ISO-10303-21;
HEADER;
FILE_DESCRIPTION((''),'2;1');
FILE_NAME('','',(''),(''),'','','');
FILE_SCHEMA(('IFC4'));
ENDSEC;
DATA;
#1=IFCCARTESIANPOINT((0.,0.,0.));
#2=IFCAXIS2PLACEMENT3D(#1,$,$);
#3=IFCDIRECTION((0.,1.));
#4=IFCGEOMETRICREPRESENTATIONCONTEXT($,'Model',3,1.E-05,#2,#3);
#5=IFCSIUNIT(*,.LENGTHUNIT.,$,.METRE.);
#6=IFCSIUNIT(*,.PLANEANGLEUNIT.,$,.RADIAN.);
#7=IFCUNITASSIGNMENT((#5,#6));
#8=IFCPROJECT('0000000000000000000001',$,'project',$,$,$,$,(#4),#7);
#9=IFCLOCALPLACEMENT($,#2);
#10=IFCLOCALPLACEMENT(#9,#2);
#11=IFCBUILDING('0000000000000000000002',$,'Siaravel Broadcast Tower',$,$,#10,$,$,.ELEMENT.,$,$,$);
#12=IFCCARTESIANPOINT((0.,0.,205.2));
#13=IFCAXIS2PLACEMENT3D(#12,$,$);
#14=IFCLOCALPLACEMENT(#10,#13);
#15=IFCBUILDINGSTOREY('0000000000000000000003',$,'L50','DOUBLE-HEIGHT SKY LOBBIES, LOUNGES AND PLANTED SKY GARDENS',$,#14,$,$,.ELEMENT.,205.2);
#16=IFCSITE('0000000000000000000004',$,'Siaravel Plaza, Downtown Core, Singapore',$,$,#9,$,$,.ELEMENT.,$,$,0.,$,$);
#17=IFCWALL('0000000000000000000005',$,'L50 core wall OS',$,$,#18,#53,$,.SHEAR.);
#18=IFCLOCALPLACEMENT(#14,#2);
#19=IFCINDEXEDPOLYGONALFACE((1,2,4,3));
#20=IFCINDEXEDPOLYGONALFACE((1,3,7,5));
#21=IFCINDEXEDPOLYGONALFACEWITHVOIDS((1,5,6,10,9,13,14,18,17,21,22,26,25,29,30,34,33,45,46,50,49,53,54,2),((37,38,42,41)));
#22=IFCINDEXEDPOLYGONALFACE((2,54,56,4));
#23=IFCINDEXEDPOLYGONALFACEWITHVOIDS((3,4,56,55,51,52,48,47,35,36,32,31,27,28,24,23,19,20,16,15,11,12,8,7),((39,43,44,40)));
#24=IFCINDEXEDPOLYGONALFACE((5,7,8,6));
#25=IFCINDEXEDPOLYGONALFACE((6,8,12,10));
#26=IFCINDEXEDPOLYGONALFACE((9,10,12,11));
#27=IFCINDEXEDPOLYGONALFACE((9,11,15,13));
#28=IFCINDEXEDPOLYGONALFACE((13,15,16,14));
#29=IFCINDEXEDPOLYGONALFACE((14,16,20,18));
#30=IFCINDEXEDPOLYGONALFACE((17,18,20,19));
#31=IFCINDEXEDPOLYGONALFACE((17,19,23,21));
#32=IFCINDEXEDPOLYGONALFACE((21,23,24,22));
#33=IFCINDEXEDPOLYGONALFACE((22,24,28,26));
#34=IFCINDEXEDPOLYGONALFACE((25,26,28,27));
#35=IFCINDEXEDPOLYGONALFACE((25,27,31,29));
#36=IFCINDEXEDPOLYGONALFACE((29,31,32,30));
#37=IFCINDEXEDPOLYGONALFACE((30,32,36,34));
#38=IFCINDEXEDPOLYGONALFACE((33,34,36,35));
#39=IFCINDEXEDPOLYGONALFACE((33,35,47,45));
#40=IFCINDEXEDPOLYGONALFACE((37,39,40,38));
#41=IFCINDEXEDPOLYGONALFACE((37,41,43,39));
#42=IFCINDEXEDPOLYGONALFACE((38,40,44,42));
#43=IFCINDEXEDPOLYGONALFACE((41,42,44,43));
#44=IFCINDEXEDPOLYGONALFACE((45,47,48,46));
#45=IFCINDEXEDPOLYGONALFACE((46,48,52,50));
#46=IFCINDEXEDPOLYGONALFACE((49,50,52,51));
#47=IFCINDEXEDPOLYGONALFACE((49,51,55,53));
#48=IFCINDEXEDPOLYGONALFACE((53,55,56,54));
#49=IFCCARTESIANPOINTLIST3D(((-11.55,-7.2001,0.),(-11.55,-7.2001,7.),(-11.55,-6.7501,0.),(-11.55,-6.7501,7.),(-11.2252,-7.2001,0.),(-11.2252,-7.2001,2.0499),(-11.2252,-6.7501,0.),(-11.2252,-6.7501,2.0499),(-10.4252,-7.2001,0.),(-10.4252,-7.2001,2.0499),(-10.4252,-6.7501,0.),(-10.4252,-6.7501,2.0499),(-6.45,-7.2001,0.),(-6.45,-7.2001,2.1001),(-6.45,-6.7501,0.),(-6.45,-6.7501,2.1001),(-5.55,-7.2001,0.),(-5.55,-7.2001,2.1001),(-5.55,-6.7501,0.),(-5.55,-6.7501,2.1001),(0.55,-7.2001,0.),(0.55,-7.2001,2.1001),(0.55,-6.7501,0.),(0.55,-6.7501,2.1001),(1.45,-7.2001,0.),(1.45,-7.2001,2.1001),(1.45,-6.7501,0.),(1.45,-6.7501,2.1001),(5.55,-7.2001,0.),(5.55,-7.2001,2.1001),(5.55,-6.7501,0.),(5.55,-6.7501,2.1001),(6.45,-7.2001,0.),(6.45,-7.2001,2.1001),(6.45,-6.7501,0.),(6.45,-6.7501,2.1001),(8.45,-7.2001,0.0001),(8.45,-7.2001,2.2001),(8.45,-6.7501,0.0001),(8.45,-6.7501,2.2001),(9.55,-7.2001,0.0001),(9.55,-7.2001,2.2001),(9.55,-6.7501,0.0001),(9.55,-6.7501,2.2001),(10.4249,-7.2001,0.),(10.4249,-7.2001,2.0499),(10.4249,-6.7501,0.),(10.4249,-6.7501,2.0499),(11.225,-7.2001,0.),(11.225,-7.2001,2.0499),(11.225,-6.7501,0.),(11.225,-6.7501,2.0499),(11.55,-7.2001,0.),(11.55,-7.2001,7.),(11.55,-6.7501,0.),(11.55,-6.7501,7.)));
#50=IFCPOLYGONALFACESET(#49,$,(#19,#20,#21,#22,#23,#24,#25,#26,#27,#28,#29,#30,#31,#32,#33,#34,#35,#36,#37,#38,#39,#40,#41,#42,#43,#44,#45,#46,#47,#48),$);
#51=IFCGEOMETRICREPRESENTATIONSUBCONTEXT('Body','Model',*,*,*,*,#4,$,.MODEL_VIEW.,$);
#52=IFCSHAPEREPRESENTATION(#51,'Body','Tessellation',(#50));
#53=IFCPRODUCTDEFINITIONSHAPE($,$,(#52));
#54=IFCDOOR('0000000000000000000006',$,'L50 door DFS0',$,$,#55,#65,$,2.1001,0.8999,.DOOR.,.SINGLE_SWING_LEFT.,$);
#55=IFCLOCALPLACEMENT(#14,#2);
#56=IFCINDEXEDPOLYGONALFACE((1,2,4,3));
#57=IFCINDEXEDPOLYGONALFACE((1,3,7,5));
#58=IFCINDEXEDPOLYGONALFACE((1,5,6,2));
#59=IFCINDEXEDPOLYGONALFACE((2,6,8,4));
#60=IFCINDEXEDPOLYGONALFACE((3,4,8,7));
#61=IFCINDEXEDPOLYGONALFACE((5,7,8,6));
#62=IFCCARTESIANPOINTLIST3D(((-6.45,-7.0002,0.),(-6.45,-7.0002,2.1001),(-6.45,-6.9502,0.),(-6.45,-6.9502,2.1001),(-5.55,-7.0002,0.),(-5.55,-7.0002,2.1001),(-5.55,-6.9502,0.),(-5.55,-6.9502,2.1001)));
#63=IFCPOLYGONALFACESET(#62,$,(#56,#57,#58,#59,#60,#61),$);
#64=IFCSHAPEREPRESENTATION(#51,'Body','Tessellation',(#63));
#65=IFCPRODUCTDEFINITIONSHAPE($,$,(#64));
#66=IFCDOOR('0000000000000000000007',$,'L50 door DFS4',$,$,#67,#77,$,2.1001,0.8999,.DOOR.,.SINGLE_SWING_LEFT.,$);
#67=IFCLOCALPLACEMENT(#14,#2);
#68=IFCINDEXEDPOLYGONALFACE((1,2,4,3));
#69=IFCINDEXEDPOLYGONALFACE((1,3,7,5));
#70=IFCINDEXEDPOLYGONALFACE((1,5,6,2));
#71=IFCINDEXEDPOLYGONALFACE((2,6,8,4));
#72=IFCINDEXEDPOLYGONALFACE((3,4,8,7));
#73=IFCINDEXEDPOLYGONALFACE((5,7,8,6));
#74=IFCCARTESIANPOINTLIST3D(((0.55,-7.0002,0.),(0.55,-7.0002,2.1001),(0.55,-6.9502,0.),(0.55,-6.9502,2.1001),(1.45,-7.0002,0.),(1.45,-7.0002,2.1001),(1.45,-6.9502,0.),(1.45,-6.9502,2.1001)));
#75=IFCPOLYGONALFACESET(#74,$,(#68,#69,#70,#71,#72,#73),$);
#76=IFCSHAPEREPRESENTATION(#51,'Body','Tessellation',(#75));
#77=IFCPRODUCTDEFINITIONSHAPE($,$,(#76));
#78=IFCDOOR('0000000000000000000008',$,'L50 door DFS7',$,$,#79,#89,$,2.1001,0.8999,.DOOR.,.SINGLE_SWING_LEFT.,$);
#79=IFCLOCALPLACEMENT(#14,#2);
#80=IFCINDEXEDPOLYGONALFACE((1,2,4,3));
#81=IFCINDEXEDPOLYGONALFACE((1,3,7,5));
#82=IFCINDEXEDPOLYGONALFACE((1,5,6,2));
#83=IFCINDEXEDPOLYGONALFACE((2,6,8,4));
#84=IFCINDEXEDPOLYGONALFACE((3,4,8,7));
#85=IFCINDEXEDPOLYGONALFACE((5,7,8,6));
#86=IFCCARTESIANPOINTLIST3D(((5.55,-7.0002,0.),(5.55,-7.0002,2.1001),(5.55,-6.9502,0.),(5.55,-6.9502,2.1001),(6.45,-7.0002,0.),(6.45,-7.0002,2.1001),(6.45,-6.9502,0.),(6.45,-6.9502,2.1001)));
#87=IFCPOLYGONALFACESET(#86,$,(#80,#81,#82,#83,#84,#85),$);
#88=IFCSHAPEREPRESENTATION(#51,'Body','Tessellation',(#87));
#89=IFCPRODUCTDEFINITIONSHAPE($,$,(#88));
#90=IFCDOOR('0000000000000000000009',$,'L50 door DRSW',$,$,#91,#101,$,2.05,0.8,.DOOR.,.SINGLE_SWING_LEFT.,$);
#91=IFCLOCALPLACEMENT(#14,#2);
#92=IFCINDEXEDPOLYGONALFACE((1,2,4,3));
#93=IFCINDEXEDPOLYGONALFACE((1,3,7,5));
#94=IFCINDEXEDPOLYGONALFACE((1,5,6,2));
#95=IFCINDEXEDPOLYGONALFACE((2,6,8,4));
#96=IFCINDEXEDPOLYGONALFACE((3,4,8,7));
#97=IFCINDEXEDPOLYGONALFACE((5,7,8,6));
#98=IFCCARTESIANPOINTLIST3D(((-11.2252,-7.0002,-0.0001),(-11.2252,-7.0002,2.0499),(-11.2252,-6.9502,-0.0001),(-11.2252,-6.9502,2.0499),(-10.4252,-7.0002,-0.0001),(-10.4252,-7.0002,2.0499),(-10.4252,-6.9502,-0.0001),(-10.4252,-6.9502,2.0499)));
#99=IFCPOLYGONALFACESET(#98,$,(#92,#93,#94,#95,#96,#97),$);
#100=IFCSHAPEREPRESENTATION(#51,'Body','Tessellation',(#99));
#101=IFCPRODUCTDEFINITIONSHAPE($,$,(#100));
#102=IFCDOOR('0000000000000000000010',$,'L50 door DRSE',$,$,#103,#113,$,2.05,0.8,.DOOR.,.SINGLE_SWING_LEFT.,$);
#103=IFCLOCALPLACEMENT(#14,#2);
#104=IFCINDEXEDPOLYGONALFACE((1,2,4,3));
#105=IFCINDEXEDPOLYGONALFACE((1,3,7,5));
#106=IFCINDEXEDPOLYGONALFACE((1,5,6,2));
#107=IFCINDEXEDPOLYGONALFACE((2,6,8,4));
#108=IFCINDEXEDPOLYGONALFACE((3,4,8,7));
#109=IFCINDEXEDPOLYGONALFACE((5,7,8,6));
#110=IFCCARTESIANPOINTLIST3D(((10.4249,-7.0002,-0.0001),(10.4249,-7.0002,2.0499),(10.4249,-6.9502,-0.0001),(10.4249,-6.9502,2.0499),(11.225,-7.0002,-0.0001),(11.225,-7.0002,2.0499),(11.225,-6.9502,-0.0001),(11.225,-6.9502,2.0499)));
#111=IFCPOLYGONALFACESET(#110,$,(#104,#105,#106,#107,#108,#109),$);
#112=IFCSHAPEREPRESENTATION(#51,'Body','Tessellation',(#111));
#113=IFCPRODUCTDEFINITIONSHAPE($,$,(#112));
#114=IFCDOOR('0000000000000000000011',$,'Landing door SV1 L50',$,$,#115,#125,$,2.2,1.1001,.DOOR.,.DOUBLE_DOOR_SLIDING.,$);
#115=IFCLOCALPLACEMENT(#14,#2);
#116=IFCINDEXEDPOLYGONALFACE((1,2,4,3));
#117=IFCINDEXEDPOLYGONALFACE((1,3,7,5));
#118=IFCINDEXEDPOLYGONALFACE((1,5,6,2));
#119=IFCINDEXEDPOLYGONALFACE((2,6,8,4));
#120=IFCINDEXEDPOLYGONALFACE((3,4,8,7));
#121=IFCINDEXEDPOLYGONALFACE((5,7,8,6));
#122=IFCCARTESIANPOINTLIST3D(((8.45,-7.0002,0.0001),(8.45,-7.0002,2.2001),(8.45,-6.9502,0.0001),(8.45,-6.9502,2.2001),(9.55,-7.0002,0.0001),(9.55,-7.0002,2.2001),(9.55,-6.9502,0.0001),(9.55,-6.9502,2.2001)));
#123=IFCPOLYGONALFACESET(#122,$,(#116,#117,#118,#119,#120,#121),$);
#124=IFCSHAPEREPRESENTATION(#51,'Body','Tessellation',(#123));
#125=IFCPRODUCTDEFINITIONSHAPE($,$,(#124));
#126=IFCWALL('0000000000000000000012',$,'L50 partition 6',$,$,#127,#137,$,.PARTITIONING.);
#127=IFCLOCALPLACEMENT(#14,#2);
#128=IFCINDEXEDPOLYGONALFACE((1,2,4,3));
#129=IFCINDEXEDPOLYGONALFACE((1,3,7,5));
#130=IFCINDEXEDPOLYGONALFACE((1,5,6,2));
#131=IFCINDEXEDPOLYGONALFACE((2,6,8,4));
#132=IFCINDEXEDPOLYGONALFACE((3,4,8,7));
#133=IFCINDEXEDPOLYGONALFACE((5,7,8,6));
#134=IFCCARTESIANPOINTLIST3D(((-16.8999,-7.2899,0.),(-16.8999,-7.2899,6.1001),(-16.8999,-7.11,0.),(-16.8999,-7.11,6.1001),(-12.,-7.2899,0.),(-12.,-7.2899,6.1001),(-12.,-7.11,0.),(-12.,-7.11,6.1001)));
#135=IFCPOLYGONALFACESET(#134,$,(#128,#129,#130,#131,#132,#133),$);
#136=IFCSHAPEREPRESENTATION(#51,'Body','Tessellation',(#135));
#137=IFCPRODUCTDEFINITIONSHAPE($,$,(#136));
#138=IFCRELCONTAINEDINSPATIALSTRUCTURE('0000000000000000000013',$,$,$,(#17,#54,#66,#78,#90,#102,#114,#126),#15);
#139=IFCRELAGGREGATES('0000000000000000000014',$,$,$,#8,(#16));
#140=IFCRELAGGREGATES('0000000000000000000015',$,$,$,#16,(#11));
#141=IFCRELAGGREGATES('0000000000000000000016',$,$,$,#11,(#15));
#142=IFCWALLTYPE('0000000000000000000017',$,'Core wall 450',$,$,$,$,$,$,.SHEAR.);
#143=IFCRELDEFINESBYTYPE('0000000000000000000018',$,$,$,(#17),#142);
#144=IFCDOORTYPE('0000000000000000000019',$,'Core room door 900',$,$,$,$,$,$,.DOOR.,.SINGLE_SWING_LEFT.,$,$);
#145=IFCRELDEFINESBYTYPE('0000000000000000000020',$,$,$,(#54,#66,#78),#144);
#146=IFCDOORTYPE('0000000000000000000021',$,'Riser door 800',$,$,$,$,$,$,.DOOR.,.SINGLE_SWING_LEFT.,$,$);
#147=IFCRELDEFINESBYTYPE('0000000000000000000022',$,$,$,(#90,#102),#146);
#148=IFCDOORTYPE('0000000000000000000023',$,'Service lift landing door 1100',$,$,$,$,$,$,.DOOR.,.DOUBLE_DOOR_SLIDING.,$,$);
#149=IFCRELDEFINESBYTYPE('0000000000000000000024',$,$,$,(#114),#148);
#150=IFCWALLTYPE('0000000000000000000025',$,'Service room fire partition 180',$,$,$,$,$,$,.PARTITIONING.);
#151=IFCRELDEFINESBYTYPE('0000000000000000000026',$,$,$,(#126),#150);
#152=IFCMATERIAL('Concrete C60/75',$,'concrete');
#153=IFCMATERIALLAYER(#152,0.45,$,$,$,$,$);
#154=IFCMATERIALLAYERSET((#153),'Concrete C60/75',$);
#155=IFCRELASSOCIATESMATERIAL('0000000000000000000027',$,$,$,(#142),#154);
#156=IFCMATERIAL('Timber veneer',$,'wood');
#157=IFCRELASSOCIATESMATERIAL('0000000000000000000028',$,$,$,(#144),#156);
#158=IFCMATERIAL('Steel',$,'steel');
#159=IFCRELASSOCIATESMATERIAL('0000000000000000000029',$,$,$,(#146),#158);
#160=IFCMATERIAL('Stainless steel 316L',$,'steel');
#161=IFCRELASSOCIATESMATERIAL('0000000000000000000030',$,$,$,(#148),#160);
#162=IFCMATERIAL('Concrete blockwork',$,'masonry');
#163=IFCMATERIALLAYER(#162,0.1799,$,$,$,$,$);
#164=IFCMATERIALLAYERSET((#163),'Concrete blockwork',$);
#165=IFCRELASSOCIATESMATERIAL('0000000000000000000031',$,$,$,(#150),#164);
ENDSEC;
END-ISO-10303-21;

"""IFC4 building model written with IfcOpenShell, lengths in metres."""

from ifc_helpers import new_model, si_unit, direction, frame, frame_2d, origin, place, context, subcontext, project, spatial, rectangle, extrude, material, layer, layer_set, type_object, element, fill, save


model = new_model("IFC4")

# Units and contexts
model_context = context("Model", 3, precision=1e-05, world=origin(), true_north=direction((0.0, 1.0)))
body_context = subcontext(model_context, "Body", "Model", "MODEL_VIEW")
ifc_project = project(units=[si_unit("LENGTHUNIT", "METRE"), si_unit("PLANEANGLEUNIT", "RADIAN")], contexts=[model_context])

# Site, building, storey
site_placement = place(None, origin())
site = spatial("IfcSite", under=ifc_project, at=site_placement, Name="Siaravel Plaza, Downtown Core, Singapore", CompositionType="ELEMENT", RefElevation=0.0)
building_placement = place(site_placement, origin())
building = spatial("IfcBuilding", under=site, at=building_placement, Name="Siaravel Broadcast Tower", CompositionType="ELEMENT")
storey_placement = place(building_placement, frame((0.0, 0.0, 205.2)))
storey = spatial("IfcBuildingStorey", under=building, at=storey_placement, Name="L50", Description="DOUBLE-HEIGHT SKY LOBBIES, LOUNGES AND PLANTED SKY GARDENS", CompositionType="ELEMENT", Elevation=205.2)

# Shared definitions
ifc_material_1 = material(Name="Concrete C60/75", Category="concrete")

# Shared definitions
ifc_layer_1 = layer(ifc_material_1, 0.45)
ifc_layer_set_1 = layer_set([ifc_layer_1], Name="Concrete C60/75")
wall_type_1 = type_object("IfcWallType", Name="Core wall 450", PredefinedType="SHEAR", material=ifc_layer_set_1)
ifc_material_2 = material(Name="Steel", Category="steel")

# Wall, openings, doors
wall_1_placement = place(storey_placement, frame((-11.55, -6.9751, 0.0), z_axis=(0.0, 0.0, 1.0), x_axis=(1.0, 0.0, 0.0)))
wall_1 = element("IfcWall", 1, at=wall_1_placement, inside=storey, type_object=wall_type_1, Name="L50 core wall OS", PredefinedType="SHEAR", context=body_context, shape_type="SweptSolid", body=[
    extrude(rectangle(XDim=23.1001, YDim=0.45, at=frame_2d((11.55, 0.0))), origin(), (0.0, 0.0, 1.0), 7.0),
])
opening_1_placement = place(wall_1_placement, frame((20.0, 0.0, 0.0)))
opening_1 = element("IfcOpeningElement", 2, at=opening_1_placement, cuts=wall_1, PredefinedType="OPENING", context=body_context, shape_type="SweptSolid", body=[
    extrude(rectangle(XDim=1.1001, YDim=2.2, at=frame_2d((0.55, 1.1001))), frame((0.0, 0.2349, 0.0), z_axis=(0.0, -1.0, 0.0), x_axis=(1.0, 0.0, 0.0)), (0.0, 0.0, 1.0), 0.47),
])
opening_2_placement = place(wall_1_placement, frame((5.1001, 0.0, 0.0)))
opening_2 = element("IfcOpeningElement", 3, at=opening_2_placement, cuts=wall_1, PredefinedType="OPENING", context=body_context, shape_type="SweptSolid", body=[
    extrude(rectangle(XDim=0.8999, YDim=2.1001, at=frame_2d((0.45, 1.05))), frame((0.0, 0.2349, 0.0), z_axis=(0.0, -1.0, 0.0), x_axis=(1.0, 0.0, 0.0)), (0.0, 0.0, 1.0), 0.47),
])
opening_3_placement = place(wall_1_placement, frame((12.1001, 0.0, 0.0)))
opening_3 = element("IfcOpeningElement", 4, at=opening_3_placement, cuts=wall_1, PredefinedType="OPENING", context=body_context, shape_type="SweptSolid", body=[
    extrude(rectangle(XDim=0.8999, YDim=2.1001, at=frame_2d((0.45, 1.05))), frame((0.0, 0.2349, 0.0), z_axis=(0.0, -1.0, 0.0), x_axis=(1.0, 0.0, 0.0)), (0.0, 0.0, 1.0), 0.47),
])
opening_4_placement = place(wall_1_placement, frame((17.1001, 0.0, 0.0)))
opening_4 = element("IfcOpeningElement", 5, at=opening_4_placement, cuts=wall_1, PredefinedType="OPENING", context=body_context, shape_type="SweptSolid", body=[
    extrude(rectangle(XDim=0.8999, YDim=2.1001, at=frame_2d((0.45, 1.05))), frame((0.0, 0.2349, 0.0), z_axis=(0.0, -1.0, 0.0), x_axis=(1.0, 0.0, 0.0)), (0.0, 0.0, 1.0), 0.47),
])
opening_5_placement = place(wall_1_placement, frame((0.325, 0.0, 0.0)))
opening_5 = element("IfcOpeningElement", 6, at=opening_5_placement, cuts=wall_1, PredefinedType="OPENING", context=body_context, shape_type="SweptSolid", body=[
    extrude(rectangle(XDim=0.8, YDim=2.05, at=frame_2d((0.3999, 1.0249))), frame((0.0, 0.2349, 0.0), z_axis=(0.0, -1.0, 0.0), x_axis=(1.0, 0.0, 0.0)), (0.0, 0.0, 1.0), 0.47),
])
opening_6_placement = place(wall_1_placement, frame((21.9751, 0.0, 0.0)))
opening_6 = element("IfcOpeningElement", 7, at=opening_6_placement, cuts=wall_1, PredefinedType="OPENING", context=body_context, shape_type="SweptSolid", body=[
    extrude(rectangle(XDim=0.8, YDim=2.05, at=frame_2d((0.3999, 1.0249))), frame((0.0, 0.2349, 0.0), z_axis=(0.0, -1.0, 0.0), x_axis=(1.0, 0.0, 0.0)), (0.0, 0.0, 1.0), 0.47),
])
ifc_material_3 = material(Name="Timber veneer", Category="wood")
door_type_1 = type_object("IfcDoorType", Name="Core room door 900", OperationType="SINGLE_SWING_LEFT", PredefinedType="DOOR", material=ifc_material_3)
door_1_placement = place(opening_2_placement, origin())
door_1 = element("IfcDoor", 8, at=door_1_placement, inside=storey, type_object=door_type_1, Name="L50 door DFS0", OperationType="SINGLE_SWING_LEFT", OverallHeight=2.1001, OverallWidth=0.8999, PredefinedType="DOOR", context=body_context, shape_type="SweptSolid", body=[
    extrude(rectangle(XDim=0.8999, YDim=2.1001, at=frame_2d((0.45, 1.05))), frame((0.0, 0.0249, 0.0), z_axis=(0.0, -1.0, 0.0), x_axis=(1.0, 0.0, 0.0)), (0.0, 0.0, 1.0), 0.05),
])
fill(opening_2, door_1)
door_2_placement = place(opening_3_placement, origin())
door_2 = element("IfcDoor", 9, at=door_2_placement, inside=storey, type_object=door_type_1, Name="L50 door DFS4", OperationType="SINGLE_SWING_LEFT", OverallHeight=2.1001, OverallWidth=0.8999, PredefinedType="DOOR", context=body_context, shape_type="SweptSolid", body=[
    extrude(rectangle(XDim=0.8999, YDim=2.1001, at=frame_2d((0.45, 1.05))), frame((0.0, 0.0249, 0.0), z_axis=(0.0, -1.0, 0.0), x_axis=(1.0, 0.0, 0.0)), (0.0, 0.0, 1.0), 0.05),
])
fill(opening_3, door_2)
door_3_placement = place(opening_4_placement, origin())
door_3 = element("IfcDoor", 10, at=door_3_placement, inside=storey, type_object=door_type_1, Name="L50 door DFS7", OperationType="SINGLE_SWING_LEFT", OverallHeight=2.1001, OverallWidth=0.8999, PredefinedType="DOOR", context=body_context, shape_type="SweptSolid", body=[
    extrude(rectangle(XDim=0.8999, YDim=2.1001, at=frame_2d((0.45, 1.05))), frame((0.0, 0.0249, 0.0), z_axis=(0.0, -1.0, 0.0), x_axis=(1.0, 0.0, 0.0)), (0.0, 0.0, 1.0), 0.05),
])
fill(opening_4, door_3)
door_type_2 = type_object("IfcDoorType", Name="Riser door 800", OperationType="SINGLE_SWING_LEFT", PredefinedType="DOOR", material=ifc_material_2)
door_4_placement = place(opening_5_placement, origin())
door_4 = element("IfcDoor", 11, at=door_4_placement, inside=storey, type_object=door_type_2, Name="L50 door DRSW", OperationType="SINGLE_SWING_LEFT", OverallHeight=2.05, OverallWidth=0.8, PredefinedType="DOOR", context=body_context, shape_type="SweptSolid", body=[
    extrude(rectangle(XDim=0.8, YDim=2.05, at=frame_2d((0.3999, 1.0249))), frame((0.0, 0.0249, 0.0), z_axis=(0.0, -1.0, 0.0), x_axis=(1.0, 0.0, 0.0)), (0.0, 0.0, 1.0), 0.05),
])
fill(opening_5, door_4)
door_5_placement = place(opening_6_placement, origin())
door_5 = element("IfcDoor", 12, at=door_5_placement, inside=storey, type_object=door_type_2, Name="L50 door DRSE", OperationType="SINGLE_SWING_LEFT", OverallHeight=2.05, OverallWidth=0.8, PredefinedType="DOOR", context=body_context, shape_type="SweptSolid", body=[
    extrude(rectangle(XDim=0.8, YDim=2.05, at=frame_2d((0.3999, 1.0249))), frame((0.0, 0.0249, 0.0), z_axis=(0.0, -1.0, 0.0), x_axis=(1.0, 0.0, 0.0)), (0.0, 0.0, 1.0), 0.05),
])
fill(opening_6, door_5)
ifc_material_4 = material(Name="Stainless steel 316L", Category="steel")
door_type_3 = type_object("IfcDoorType", Name="Service lift landing door 1100", OperationType="DOUBLE_DOOR_SLIDING", PredefinedType="DOOR", material=ifc_material_4)
door_6_placement = place(opening_1_placement, origin())
door_6 = element("IfcDoor", 13, at=door_6_placement, inside=storey, type_object=door_type_3, Name="Landing door SV1 L50", OperationType="DOUBLE_DOOR_SLIDING", OverallHeight=2.2, OverallWidth=1.1001, PredefinedType="DOOR", context=body_context, shape_type="SweptSolid", body=[
    extrude(rectangle(XDim=1.1001, YDim=2.2, at=frame_2d((0.55, 1.1001))), frame((0.0, 0.0249, 0.0), z_axis=(0.0, -1.0, 0.0), x_axis=(1.0, 0.0, 0.0)), (0.0, 0.0, 1.0), 0.05),
])
fill(opening_1, door_6)

# Wall
ifc_material_5 = material(Name="Concrete blockwork", Category="masonry")
ifc_layer_2 = layer(ifc_material_5, 0.1799)
ifc_layer_set_2 = layer_set([ifc_layer_2], Name="Concrete blockwork")
wall_type_2 = type_object("IfcWallType", Name="Service room fire partition 180", PredefinedType="PARTITIONING", material=ifc_layer_set_2)
wall_2_placement = place(storey_placement, frame((-12.0, -7.2, 0.0), z_axis=(0.0, 0.0, 1.0), x_axis=(-1.0, 0.0, 0.0)))
element("IfcWall", 14, at=wall_2_placement, inside=storey, type_object=wall_type_2, Name="L50 partition 6", PredefinedType="PARTITIONING", context=body_context, shape_type="SweptSolid", body=[
    extrude(rectangle(XDim=4.8999, YDim=0.1799, at=frame_2d((2.45, 0.0))), origin(), (0.0, 0.0, 1.0), 6.1001),
])

save(model, "model.ifc")
